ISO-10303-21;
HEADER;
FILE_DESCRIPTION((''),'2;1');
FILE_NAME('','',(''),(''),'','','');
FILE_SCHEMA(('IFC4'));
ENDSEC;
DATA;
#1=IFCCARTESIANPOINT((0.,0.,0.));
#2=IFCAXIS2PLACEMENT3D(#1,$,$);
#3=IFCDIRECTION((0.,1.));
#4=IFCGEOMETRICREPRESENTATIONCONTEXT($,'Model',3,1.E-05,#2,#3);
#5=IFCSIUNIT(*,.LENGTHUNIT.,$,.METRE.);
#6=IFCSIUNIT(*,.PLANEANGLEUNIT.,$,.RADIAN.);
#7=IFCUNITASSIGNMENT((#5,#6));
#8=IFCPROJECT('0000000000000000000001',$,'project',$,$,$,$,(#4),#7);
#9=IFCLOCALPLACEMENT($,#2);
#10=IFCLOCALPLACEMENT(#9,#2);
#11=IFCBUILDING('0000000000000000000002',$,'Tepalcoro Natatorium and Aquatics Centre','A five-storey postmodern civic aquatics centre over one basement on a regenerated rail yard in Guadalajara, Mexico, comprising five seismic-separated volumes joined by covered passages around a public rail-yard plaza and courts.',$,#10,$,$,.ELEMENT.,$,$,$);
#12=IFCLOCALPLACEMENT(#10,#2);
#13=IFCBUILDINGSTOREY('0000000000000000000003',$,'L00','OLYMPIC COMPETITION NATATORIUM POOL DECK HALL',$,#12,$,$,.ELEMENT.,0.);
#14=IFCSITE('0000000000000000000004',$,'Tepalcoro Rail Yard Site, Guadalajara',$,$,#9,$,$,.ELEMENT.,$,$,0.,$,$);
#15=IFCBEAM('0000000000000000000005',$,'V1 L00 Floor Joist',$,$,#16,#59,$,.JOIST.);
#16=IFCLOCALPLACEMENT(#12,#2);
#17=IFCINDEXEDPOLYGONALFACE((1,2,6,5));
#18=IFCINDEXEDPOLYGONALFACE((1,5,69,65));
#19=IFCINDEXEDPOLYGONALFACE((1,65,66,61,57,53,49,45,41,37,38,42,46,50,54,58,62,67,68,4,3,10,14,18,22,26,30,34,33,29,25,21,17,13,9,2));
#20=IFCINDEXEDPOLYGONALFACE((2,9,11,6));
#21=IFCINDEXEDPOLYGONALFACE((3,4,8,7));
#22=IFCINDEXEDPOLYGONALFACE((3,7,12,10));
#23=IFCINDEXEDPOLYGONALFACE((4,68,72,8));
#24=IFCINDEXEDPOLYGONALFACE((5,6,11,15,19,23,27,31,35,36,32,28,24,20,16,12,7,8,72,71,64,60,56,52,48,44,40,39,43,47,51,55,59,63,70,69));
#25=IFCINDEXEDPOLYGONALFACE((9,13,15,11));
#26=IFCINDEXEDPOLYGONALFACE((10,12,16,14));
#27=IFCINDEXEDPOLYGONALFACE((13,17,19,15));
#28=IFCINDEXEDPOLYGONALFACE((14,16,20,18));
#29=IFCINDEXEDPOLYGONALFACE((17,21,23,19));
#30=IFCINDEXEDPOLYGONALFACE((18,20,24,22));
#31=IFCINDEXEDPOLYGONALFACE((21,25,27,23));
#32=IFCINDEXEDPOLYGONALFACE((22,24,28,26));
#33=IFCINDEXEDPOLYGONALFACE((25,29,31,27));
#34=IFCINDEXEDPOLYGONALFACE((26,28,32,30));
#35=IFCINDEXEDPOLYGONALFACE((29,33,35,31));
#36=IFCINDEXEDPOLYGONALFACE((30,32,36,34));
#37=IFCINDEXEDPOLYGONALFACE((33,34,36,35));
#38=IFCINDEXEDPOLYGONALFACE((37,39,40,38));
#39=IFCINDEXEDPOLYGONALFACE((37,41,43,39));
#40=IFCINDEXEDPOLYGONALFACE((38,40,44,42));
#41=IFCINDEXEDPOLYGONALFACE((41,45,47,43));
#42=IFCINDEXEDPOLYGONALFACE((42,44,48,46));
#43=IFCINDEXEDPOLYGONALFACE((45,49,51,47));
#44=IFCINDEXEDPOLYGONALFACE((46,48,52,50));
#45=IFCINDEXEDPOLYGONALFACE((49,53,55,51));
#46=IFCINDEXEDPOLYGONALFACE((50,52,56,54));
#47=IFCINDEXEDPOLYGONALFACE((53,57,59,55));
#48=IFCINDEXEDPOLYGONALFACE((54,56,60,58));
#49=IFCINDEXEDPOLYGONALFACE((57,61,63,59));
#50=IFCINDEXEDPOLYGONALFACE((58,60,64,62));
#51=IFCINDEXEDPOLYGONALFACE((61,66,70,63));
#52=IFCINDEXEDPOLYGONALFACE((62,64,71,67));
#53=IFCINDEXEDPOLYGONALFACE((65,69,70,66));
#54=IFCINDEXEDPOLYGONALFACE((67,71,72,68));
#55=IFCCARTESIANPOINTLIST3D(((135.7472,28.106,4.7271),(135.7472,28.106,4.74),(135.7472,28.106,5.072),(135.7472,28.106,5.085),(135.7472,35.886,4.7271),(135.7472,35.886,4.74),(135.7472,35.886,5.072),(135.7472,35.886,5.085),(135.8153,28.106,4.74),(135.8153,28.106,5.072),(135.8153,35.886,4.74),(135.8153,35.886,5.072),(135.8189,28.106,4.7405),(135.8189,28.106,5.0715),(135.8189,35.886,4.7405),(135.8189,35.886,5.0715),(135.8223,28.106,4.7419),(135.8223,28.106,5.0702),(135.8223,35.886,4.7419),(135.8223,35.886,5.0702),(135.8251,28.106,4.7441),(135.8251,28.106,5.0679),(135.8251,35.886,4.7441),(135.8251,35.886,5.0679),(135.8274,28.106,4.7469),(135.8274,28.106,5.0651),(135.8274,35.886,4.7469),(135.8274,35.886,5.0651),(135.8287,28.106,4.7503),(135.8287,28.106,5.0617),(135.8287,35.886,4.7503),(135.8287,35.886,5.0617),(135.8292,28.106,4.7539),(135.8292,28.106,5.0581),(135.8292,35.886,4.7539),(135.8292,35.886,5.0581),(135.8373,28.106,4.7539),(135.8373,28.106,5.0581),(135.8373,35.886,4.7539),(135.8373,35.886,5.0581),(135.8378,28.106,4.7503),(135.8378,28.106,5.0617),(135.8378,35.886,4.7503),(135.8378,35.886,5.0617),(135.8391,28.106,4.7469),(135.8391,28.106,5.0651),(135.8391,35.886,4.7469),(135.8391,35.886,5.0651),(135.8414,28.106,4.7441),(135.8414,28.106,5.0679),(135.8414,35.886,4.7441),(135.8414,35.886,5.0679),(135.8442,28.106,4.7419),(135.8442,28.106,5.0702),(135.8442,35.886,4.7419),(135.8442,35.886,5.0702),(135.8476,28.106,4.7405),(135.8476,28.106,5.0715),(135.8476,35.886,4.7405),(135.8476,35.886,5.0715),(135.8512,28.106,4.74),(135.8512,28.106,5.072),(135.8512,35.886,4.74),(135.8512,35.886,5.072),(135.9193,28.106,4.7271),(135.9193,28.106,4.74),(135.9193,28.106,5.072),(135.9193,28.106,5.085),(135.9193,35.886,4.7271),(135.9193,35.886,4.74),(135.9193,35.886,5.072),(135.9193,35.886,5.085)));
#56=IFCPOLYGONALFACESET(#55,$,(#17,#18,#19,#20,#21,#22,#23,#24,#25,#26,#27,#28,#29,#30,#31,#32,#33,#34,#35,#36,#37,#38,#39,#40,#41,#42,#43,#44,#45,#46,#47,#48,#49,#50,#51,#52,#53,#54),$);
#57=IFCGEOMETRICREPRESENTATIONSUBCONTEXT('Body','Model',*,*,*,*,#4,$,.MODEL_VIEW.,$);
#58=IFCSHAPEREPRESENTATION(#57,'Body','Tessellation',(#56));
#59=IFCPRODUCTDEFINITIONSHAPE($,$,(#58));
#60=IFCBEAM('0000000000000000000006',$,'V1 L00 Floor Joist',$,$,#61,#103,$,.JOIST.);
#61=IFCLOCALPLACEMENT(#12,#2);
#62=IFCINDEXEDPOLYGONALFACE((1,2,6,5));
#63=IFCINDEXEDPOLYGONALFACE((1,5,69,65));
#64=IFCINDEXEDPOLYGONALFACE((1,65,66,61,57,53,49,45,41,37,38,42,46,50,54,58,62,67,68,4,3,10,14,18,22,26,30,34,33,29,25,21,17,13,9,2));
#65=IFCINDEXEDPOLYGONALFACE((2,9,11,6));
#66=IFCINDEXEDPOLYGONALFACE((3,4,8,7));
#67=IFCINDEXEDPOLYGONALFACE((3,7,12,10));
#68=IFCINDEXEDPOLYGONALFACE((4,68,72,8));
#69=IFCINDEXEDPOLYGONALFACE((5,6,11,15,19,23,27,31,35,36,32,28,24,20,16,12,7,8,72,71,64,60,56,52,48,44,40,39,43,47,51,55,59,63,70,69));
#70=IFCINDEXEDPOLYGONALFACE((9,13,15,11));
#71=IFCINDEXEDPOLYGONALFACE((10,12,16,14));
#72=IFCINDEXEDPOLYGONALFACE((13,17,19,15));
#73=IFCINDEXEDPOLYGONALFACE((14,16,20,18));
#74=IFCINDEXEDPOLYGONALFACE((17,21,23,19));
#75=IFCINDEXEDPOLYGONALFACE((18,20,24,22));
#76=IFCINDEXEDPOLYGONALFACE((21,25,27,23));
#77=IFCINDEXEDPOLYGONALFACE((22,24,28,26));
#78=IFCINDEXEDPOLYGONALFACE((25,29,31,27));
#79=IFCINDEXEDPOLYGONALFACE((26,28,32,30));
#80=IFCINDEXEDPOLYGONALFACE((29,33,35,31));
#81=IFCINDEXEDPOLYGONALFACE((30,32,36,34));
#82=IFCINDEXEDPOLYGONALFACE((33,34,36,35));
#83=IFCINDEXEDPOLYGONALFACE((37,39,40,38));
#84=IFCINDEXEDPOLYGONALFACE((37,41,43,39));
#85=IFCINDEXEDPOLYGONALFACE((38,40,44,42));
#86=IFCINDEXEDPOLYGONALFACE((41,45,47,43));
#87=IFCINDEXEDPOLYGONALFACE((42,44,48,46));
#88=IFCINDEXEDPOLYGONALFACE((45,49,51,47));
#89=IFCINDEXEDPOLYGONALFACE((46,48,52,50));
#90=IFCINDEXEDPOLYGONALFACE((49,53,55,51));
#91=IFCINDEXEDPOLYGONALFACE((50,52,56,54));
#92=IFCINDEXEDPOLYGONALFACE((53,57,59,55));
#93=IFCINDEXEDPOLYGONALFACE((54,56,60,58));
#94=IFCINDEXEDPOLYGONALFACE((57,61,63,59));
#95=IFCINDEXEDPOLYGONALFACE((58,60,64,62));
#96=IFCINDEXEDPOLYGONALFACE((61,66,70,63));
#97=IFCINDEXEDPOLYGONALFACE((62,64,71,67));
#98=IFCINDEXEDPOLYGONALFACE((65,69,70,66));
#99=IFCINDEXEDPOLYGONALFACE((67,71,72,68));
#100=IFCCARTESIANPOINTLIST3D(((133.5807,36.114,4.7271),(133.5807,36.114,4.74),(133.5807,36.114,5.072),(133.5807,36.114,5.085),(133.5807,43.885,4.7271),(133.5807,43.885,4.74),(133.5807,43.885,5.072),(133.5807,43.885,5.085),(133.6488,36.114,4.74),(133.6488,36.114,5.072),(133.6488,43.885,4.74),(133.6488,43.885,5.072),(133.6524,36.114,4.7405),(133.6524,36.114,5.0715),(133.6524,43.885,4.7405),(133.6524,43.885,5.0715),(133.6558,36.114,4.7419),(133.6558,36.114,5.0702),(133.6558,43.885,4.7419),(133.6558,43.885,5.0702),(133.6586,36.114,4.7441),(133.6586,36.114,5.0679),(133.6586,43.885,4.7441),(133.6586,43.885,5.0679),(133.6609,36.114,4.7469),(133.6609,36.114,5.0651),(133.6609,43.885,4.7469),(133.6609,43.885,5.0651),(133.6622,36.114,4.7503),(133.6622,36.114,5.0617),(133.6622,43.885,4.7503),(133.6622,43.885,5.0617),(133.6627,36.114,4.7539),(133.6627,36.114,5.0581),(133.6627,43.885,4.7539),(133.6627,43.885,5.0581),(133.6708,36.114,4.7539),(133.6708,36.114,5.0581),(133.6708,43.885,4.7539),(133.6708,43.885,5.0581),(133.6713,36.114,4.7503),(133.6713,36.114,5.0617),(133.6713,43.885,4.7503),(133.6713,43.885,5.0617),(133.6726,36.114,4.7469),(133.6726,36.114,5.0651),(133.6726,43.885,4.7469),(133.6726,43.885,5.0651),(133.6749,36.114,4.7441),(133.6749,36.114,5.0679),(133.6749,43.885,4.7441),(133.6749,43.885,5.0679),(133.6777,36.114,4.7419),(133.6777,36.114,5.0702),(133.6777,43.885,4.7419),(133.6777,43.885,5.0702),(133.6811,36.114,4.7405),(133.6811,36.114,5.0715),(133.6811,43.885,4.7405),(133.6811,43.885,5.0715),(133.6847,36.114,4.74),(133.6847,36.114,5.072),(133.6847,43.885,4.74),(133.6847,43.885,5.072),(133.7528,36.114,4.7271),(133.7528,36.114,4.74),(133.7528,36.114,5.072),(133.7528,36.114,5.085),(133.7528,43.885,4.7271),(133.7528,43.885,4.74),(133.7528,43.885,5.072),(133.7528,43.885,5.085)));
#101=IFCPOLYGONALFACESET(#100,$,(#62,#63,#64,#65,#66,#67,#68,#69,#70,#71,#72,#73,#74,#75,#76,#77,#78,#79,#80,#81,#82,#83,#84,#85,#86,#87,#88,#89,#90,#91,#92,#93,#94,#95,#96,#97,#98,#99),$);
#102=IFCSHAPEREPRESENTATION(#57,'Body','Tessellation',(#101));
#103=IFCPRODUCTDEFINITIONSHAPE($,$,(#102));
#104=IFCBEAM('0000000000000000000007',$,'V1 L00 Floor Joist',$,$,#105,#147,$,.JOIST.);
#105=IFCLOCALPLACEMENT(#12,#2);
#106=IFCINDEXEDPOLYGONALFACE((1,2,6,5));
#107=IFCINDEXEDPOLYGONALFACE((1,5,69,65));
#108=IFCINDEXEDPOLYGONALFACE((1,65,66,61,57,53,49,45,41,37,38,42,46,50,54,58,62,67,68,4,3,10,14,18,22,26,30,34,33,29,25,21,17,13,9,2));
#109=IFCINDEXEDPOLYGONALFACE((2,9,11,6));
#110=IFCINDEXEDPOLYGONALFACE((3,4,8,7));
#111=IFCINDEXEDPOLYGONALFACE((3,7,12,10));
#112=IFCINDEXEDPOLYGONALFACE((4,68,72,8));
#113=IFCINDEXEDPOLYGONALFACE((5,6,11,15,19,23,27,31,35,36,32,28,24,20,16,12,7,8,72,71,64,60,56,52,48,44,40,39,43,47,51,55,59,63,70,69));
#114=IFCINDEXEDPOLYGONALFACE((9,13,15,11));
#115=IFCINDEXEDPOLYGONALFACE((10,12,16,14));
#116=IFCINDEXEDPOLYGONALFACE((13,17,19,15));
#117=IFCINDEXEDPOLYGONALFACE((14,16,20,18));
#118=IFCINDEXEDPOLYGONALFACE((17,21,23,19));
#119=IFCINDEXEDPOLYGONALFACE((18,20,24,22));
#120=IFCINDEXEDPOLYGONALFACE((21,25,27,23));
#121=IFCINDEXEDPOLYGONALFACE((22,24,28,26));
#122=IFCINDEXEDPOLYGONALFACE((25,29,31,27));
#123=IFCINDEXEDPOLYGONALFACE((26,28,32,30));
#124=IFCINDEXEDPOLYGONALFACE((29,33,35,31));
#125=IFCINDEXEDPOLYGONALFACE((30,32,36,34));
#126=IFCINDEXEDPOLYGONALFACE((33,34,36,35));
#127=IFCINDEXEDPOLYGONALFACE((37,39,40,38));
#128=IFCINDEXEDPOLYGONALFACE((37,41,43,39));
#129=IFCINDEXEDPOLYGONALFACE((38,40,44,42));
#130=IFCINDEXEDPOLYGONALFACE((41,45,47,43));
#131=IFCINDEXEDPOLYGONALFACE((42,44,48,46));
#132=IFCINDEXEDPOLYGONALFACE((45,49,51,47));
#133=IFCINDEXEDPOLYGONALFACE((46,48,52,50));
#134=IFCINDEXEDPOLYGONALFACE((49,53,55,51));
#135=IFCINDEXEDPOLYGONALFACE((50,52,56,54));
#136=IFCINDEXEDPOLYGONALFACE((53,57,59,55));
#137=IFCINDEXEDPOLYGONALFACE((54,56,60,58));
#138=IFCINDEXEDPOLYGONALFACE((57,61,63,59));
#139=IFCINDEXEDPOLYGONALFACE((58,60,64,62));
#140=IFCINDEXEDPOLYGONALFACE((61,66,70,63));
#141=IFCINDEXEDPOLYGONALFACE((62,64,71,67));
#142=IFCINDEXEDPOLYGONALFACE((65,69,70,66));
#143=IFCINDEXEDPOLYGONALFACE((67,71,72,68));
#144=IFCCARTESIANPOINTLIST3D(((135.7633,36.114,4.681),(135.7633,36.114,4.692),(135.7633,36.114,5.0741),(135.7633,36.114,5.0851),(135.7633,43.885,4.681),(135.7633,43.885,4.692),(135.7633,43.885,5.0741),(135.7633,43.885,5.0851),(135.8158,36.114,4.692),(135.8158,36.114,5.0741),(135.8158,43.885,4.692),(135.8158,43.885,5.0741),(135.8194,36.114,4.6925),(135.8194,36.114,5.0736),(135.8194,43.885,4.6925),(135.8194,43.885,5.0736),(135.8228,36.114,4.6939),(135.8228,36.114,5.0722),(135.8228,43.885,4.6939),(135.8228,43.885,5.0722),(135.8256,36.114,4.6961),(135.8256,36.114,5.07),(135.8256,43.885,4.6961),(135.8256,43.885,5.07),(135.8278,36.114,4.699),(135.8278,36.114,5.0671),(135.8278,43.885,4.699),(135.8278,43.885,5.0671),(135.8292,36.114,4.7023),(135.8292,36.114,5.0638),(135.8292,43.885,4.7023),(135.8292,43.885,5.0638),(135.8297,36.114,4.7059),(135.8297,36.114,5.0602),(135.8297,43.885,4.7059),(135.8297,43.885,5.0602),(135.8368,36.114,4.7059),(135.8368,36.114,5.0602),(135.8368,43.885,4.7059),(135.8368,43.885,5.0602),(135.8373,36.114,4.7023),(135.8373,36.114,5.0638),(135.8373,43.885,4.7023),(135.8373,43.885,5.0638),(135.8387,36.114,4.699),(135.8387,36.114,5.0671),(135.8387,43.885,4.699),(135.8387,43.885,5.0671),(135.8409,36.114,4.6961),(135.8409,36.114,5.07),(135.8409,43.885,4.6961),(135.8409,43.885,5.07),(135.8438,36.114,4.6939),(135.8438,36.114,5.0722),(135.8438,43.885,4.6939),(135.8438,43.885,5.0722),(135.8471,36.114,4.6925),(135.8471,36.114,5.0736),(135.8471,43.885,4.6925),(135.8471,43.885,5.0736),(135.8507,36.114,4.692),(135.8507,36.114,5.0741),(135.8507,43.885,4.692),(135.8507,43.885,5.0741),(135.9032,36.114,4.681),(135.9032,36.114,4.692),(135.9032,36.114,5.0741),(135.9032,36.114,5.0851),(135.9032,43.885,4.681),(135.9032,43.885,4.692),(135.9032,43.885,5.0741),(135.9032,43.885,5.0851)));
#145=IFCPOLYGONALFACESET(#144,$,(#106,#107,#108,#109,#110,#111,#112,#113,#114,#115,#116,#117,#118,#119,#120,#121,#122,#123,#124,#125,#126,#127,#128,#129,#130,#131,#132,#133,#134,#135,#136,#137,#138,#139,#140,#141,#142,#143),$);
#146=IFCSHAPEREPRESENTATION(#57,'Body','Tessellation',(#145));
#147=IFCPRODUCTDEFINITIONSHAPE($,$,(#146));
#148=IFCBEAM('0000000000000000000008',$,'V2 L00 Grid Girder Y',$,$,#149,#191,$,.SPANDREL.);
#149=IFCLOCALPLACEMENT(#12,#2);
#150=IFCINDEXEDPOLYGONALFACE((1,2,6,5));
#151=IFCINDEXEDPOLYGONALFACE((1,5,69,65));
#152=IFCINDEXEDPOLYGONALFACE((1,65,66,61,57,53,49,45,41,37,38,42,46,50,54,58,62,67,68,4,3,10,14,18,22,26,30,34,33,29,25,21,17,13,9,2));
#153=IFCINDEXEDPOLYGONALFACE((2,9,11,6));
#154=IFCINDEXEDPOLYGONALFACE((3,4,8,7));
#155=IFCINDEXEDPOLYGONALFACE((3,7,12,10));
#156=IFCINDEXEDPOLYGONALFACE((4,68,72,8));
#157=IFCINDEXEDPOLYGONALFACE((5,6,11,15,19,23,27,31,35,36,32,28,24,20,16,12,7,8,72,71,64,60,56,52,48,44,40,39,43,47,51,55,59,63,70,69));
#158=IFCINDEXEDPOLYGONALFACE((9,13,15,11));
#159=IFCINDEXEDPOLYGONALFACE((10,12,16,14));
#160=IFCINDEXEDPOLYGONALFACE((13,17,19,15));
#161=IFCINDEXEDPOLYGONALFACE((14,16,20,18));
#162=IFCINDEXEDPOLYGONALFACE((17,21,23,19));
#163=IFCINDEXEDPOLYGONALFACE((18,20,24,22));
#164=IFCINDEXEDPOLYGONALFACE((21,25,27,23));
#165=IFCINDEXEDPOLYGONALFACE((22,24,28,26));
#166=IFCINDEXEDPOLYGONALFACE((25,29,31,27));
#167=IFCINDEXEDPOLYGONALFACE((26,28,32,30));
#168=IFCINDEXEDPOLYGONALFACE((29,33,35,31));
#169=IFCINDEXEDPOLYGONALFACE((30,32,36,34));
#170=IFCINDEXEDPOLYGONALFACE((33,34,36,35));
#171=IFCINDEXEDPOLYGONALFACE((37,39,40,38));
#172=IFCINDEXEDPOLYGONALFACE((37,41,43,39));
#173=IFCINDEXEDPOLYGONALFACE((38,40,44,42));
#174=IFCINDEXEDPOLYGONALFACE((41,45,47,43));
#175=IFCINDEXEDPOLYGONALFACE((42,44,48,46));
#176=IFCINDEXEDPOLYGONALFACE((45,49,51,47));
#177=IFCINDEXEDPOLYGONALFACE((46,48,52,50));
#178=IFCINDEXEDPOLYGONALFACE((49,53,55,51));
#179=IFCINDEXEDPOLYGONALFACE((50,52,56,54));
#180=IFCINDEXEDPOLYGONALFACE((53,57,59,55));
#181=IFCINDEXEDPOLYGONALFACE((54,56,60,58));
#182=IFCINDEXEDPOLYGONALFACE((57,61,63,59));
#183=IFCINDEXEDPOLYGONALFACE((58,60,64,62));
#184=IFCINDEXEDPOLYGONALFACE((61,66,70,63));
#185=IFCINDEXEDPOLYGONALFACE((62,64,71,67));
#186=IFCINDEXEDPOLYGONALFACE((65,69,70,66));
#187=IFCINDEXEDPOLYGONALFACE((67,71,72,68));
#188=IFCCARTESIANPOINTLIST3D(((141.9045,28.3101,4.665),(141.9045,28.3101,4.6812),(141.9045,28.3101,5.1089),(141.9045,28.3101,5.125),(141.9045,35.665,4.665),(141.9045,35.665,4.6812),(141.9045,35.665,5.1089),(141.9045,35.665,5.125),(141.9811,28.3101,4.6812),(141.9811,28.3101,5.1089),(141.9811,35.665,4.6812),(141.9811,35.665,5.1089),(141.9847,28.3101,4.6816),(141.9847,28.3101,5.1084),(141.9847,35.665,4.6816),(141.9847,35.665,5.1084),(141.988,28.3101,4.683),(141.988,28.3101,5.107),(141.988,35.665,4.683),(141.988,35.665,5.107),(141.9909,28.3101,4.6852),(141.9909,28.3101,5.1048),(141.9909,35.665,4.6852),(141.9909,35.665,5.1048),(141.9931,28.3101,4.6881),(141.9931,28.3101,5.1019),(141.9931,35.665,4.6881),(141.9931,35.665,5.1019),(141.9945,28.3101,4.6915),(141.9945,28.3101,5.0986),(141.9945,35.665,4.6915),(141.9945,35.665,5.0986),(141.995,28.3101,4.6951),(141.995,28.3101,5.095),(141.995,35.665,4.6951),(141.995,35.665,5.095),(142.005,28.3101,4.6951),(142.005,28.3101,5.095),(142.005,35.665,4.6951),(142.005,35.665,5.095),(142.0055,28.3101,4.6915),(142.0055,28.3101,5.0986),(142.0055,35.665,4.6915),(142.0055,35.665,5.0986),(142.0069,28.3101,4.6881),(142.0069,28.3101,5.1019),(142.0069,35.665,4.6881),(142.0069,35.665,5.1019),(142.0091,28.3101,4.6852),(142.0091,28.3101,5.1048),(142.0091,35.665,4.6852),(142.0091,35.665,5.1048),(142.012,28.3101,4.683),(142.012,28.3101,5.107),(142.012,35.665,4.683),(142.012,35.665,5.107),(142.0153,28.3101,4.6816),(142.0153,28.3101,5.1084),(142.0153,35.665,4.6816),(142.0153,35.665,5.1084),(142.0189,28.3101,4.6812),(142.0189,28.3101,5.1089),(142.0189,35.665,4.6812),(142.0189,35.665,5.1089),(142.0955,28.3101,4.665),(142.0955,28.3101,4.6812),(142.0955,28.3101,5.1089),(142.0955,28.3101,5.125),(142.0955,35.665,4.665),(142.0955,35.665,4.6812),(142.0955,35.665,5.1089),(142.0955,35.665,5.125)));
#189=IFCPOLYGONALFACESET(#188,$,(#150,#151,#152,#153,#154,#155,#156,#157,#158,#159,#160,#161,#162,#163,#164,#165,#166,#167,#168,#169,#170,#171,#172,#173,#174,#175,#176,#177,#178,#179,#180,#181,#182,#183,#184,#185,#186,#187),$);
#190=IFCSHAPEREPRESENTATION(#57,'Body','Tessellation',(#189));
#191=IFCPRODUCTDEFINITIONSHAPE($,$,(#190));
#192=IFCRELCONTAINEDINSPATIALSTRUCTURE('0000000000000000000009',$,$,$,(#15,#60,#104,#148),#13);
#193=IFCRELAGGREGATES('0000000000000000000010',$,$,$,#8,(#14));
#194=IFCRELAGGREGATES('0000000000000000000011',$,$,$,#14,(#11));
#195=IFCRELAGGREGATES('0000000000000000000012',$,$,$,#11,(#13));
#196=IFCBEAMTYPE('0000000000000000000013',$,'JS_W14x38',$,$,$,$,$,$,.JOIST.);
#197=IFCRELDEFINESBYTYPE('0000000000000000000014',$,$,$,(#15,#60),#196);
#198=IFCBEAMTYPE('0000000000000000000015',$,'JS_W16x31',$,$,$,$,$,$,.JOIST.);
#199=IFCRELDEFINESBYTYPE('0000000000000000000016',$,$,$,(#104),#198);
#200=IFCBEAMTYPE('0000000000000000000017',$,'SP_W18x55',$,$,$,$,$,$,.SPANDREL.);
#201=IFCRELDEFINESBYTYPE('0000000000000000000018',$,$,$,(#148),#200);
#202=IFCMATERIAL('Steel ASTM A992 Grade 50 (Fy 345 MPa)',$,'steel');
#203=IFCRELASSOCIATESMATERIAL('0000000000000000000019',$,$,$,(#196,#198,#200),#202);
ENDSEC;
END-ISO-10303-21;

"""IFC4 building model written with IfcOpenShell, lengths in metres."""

from ifc_helpers import new_model, si_unit, direction, frame, origin, origin_2d, place, context, subcontext, project, spatial, i_section, extrude, material, material_profile, profile_set, type_object, element, save


model = new_model("IFC4")

# Units and contexts
model_context = context("Model", 3, precision=1e-05, world=origin(), true_north=direction((0.0, 1.0)))
body_context = subcontext(model_context, "Body", "Model", "MODEL_VIEW")
ifc_project = project(units=[si_unit("LENGTHUNIT", "METRE"), si_unit("PLANEANGLEUNIT", "RADIAN")], contexts=[model_context])

# Site, building, storey
site_placement = place(None, origin())
site = spatial("IfcSite", under=ifc_project, at=site_placement, Name="Tepalcoro Rail Yard Site, Guadalajara", CompositionType="ELEMENT", RefElevation=0.0)
building_placement = place(site_placement, origin())
building = spatial("IfcBuilding", under=site, at=building_placement, Name="Tepalcoro Natatorium and Aquatics Centre", Description="A five-storey postmodern civic aquatics centre over one basement on a regenerated rail yard in Guadalajara, Mexico, comprising five seismic-separated volumes joined by covered passages around a public rail-yard plaza and courts.", CompositionType="ELEMENT")
storey_placement = place(building_placement, origin())
storey = spatial("IfcBuildingStorey", under=building, at=storey_placement, Name="L00", Description="OLYMPIC COMPETITION NATATORIUM POOL DECK HALL", CompositionType="ELEMENT", Elevation=0.0)

# Shared definitions
ifc_material_1 = material(Name="Steel ASTM A992 Grade 50 (Fy 345 MPa)", Category="steel")

# Beams
ifc_material_profile_1 = material_profile(ifc_material_1, i_section(OverallWidth=0.1721, OverallDepth=0.3579, WebThickness=0.0081, FlangeThickness=0.0129, FilletRadius=0.0139, at=origin_2d()), Name="W14X38")
ifc_profile_set_1 = profile_set([ifc_material_profile_1], Name="Steel ASTM A992 Grade 50 (Fy 345 MPa)")
beam_type_1 = type_object("IfcBeamType", Name="JS_W14x38", PredefinedType="JOIST", material=ifc_profile_set_1)
beam_1_placement = place(storey_placement, frame((135.8333, 28.106, 4.906), z_axis=(0.0, 1.0, 0.0), x_axis=(-1.0, 0.0, 0.0)))
element("IfcBeam", 1, at=beam_1_placement, inside=storey, type_object=beam_type_1, Name="V1 L00 Floor Joist", PredefinedType="JOIST", context=body_context, shape_type="SweptSolid", body=[
    extrude(i_section(OverallWidth=0.1721, OverallDepth=0.3579, WebThickness=0.0081, FlangeThickness=0.0129, FilletRadius=0.0139, at=origin_2d()), origin(), (0.0, 0.0, 1.0), 7.78),
])
beam_2_placement = place(storey_placement, frame((133.6667, 36.114, 4.906), z_axis=(0.0, 1.0, 0.0), x_axis=(-1.0, 0.0, 0.0)))
element("IfcBeam", 2, at=beam_2_placement, inside=storey, type_object=beam_type_1, Name="V1 L00 Floor Joist", PredefinedType="JOIST", context=body_context, shape_type="SweptSolid", body=[
    extrude(i_section(OverallWidth=0.1721, OverallDepth=0.3579, WebThickness=0.0081, FlangeThickness=0.0129, FilletRadius=0.0139, at=origin_2d()), origin(), (0.0, 0.0, 1.0), 7.771),
])
ifc_material_profile_2 = material_profile(ifc_material_1, i_section(OverallWidth=0.1399, OverallDepth=0.4041, WebThickness=0.0071, FlangeThickness=0.011, FilletRadius=0.0139, at=origin_2d()), Name="W16X31")
ifc_profile_set_2 = profile_set([ifc_material_profile_2], Name="Steel ASTM A992 Grade 50 (Fy 345 MPa)")
beam_type_2 = type_object("IfcBeamType", Name="JS_W16x31", PredefinedType="JOIST", material=ifc_profile_set_2)
beam_3_placement = place(storey_placement, frame((135.8333, 36.114, 4.8831), z_axis=(0.0, 1.0, 0.0), x_axis=(-1.0, 0.0, 0.0)))
element("IfcBeam", 3, at=beam_3_placement, inside=storey, type_object=beam_type_2, Name="V1 L00 Floor Joist", PredefinedType="JOIST", context=body_context, shape_type="SweptSolid", body=[
    extrude(i_section(OverallWidth=0.1399, OverallDepth=0.4041, WebThickness=0.0071, FlangeThickness=0.011, FilletRadius=0.0139, at=origin_2d()), origin(), (0.0, 0.0, 1.0), 7.771),
])
ifc_material_profile_3 = material_profile(ifc_material_1, i_section(OverallWidth=0.1909, OverallDepth=0.46, WebThickness=0.01, FlangeThickness=0.0161, FilletRadius=0.0139, at=origin_2d()), Name="W18X55")
ifc_profile_set_3 = profile_set([ifc_material_profile_3], Name="Steel ASTM A992 Grade 50 (Fy 345 MPa)")
beam_type_3 = type_object("IfcBeamType", Name="SP_W18x55", PredefinedType="SPANDREL", material=ifc_profile_set_3)
beam_4_placement = place(storey_placement, frame((142.0, 28.3101, 4.895), z_axis=(0.0, 1.0, 0.0), x_axis=(-1.0, 0.0, 0.0)))
element("IfcBeam", 4, at=beam_4_placement, inside=storey, type_object=beam_type_3, Name="V2 L00 Grid Girder Y", PredefinedType="SPANDREL", context=body_context, shape_type="SweptSolid", body=[
    extrude(i_section(OverallWidth=0.1909, OverallDepth=0.46, WebThickness=0.01, FlangeThickness=0.0161, FilletRadius=0.0139, at=origin_2d()), origin(), (0.0, 0.0, 1.0), 7.355),
])

save(model, "model.ifc")
